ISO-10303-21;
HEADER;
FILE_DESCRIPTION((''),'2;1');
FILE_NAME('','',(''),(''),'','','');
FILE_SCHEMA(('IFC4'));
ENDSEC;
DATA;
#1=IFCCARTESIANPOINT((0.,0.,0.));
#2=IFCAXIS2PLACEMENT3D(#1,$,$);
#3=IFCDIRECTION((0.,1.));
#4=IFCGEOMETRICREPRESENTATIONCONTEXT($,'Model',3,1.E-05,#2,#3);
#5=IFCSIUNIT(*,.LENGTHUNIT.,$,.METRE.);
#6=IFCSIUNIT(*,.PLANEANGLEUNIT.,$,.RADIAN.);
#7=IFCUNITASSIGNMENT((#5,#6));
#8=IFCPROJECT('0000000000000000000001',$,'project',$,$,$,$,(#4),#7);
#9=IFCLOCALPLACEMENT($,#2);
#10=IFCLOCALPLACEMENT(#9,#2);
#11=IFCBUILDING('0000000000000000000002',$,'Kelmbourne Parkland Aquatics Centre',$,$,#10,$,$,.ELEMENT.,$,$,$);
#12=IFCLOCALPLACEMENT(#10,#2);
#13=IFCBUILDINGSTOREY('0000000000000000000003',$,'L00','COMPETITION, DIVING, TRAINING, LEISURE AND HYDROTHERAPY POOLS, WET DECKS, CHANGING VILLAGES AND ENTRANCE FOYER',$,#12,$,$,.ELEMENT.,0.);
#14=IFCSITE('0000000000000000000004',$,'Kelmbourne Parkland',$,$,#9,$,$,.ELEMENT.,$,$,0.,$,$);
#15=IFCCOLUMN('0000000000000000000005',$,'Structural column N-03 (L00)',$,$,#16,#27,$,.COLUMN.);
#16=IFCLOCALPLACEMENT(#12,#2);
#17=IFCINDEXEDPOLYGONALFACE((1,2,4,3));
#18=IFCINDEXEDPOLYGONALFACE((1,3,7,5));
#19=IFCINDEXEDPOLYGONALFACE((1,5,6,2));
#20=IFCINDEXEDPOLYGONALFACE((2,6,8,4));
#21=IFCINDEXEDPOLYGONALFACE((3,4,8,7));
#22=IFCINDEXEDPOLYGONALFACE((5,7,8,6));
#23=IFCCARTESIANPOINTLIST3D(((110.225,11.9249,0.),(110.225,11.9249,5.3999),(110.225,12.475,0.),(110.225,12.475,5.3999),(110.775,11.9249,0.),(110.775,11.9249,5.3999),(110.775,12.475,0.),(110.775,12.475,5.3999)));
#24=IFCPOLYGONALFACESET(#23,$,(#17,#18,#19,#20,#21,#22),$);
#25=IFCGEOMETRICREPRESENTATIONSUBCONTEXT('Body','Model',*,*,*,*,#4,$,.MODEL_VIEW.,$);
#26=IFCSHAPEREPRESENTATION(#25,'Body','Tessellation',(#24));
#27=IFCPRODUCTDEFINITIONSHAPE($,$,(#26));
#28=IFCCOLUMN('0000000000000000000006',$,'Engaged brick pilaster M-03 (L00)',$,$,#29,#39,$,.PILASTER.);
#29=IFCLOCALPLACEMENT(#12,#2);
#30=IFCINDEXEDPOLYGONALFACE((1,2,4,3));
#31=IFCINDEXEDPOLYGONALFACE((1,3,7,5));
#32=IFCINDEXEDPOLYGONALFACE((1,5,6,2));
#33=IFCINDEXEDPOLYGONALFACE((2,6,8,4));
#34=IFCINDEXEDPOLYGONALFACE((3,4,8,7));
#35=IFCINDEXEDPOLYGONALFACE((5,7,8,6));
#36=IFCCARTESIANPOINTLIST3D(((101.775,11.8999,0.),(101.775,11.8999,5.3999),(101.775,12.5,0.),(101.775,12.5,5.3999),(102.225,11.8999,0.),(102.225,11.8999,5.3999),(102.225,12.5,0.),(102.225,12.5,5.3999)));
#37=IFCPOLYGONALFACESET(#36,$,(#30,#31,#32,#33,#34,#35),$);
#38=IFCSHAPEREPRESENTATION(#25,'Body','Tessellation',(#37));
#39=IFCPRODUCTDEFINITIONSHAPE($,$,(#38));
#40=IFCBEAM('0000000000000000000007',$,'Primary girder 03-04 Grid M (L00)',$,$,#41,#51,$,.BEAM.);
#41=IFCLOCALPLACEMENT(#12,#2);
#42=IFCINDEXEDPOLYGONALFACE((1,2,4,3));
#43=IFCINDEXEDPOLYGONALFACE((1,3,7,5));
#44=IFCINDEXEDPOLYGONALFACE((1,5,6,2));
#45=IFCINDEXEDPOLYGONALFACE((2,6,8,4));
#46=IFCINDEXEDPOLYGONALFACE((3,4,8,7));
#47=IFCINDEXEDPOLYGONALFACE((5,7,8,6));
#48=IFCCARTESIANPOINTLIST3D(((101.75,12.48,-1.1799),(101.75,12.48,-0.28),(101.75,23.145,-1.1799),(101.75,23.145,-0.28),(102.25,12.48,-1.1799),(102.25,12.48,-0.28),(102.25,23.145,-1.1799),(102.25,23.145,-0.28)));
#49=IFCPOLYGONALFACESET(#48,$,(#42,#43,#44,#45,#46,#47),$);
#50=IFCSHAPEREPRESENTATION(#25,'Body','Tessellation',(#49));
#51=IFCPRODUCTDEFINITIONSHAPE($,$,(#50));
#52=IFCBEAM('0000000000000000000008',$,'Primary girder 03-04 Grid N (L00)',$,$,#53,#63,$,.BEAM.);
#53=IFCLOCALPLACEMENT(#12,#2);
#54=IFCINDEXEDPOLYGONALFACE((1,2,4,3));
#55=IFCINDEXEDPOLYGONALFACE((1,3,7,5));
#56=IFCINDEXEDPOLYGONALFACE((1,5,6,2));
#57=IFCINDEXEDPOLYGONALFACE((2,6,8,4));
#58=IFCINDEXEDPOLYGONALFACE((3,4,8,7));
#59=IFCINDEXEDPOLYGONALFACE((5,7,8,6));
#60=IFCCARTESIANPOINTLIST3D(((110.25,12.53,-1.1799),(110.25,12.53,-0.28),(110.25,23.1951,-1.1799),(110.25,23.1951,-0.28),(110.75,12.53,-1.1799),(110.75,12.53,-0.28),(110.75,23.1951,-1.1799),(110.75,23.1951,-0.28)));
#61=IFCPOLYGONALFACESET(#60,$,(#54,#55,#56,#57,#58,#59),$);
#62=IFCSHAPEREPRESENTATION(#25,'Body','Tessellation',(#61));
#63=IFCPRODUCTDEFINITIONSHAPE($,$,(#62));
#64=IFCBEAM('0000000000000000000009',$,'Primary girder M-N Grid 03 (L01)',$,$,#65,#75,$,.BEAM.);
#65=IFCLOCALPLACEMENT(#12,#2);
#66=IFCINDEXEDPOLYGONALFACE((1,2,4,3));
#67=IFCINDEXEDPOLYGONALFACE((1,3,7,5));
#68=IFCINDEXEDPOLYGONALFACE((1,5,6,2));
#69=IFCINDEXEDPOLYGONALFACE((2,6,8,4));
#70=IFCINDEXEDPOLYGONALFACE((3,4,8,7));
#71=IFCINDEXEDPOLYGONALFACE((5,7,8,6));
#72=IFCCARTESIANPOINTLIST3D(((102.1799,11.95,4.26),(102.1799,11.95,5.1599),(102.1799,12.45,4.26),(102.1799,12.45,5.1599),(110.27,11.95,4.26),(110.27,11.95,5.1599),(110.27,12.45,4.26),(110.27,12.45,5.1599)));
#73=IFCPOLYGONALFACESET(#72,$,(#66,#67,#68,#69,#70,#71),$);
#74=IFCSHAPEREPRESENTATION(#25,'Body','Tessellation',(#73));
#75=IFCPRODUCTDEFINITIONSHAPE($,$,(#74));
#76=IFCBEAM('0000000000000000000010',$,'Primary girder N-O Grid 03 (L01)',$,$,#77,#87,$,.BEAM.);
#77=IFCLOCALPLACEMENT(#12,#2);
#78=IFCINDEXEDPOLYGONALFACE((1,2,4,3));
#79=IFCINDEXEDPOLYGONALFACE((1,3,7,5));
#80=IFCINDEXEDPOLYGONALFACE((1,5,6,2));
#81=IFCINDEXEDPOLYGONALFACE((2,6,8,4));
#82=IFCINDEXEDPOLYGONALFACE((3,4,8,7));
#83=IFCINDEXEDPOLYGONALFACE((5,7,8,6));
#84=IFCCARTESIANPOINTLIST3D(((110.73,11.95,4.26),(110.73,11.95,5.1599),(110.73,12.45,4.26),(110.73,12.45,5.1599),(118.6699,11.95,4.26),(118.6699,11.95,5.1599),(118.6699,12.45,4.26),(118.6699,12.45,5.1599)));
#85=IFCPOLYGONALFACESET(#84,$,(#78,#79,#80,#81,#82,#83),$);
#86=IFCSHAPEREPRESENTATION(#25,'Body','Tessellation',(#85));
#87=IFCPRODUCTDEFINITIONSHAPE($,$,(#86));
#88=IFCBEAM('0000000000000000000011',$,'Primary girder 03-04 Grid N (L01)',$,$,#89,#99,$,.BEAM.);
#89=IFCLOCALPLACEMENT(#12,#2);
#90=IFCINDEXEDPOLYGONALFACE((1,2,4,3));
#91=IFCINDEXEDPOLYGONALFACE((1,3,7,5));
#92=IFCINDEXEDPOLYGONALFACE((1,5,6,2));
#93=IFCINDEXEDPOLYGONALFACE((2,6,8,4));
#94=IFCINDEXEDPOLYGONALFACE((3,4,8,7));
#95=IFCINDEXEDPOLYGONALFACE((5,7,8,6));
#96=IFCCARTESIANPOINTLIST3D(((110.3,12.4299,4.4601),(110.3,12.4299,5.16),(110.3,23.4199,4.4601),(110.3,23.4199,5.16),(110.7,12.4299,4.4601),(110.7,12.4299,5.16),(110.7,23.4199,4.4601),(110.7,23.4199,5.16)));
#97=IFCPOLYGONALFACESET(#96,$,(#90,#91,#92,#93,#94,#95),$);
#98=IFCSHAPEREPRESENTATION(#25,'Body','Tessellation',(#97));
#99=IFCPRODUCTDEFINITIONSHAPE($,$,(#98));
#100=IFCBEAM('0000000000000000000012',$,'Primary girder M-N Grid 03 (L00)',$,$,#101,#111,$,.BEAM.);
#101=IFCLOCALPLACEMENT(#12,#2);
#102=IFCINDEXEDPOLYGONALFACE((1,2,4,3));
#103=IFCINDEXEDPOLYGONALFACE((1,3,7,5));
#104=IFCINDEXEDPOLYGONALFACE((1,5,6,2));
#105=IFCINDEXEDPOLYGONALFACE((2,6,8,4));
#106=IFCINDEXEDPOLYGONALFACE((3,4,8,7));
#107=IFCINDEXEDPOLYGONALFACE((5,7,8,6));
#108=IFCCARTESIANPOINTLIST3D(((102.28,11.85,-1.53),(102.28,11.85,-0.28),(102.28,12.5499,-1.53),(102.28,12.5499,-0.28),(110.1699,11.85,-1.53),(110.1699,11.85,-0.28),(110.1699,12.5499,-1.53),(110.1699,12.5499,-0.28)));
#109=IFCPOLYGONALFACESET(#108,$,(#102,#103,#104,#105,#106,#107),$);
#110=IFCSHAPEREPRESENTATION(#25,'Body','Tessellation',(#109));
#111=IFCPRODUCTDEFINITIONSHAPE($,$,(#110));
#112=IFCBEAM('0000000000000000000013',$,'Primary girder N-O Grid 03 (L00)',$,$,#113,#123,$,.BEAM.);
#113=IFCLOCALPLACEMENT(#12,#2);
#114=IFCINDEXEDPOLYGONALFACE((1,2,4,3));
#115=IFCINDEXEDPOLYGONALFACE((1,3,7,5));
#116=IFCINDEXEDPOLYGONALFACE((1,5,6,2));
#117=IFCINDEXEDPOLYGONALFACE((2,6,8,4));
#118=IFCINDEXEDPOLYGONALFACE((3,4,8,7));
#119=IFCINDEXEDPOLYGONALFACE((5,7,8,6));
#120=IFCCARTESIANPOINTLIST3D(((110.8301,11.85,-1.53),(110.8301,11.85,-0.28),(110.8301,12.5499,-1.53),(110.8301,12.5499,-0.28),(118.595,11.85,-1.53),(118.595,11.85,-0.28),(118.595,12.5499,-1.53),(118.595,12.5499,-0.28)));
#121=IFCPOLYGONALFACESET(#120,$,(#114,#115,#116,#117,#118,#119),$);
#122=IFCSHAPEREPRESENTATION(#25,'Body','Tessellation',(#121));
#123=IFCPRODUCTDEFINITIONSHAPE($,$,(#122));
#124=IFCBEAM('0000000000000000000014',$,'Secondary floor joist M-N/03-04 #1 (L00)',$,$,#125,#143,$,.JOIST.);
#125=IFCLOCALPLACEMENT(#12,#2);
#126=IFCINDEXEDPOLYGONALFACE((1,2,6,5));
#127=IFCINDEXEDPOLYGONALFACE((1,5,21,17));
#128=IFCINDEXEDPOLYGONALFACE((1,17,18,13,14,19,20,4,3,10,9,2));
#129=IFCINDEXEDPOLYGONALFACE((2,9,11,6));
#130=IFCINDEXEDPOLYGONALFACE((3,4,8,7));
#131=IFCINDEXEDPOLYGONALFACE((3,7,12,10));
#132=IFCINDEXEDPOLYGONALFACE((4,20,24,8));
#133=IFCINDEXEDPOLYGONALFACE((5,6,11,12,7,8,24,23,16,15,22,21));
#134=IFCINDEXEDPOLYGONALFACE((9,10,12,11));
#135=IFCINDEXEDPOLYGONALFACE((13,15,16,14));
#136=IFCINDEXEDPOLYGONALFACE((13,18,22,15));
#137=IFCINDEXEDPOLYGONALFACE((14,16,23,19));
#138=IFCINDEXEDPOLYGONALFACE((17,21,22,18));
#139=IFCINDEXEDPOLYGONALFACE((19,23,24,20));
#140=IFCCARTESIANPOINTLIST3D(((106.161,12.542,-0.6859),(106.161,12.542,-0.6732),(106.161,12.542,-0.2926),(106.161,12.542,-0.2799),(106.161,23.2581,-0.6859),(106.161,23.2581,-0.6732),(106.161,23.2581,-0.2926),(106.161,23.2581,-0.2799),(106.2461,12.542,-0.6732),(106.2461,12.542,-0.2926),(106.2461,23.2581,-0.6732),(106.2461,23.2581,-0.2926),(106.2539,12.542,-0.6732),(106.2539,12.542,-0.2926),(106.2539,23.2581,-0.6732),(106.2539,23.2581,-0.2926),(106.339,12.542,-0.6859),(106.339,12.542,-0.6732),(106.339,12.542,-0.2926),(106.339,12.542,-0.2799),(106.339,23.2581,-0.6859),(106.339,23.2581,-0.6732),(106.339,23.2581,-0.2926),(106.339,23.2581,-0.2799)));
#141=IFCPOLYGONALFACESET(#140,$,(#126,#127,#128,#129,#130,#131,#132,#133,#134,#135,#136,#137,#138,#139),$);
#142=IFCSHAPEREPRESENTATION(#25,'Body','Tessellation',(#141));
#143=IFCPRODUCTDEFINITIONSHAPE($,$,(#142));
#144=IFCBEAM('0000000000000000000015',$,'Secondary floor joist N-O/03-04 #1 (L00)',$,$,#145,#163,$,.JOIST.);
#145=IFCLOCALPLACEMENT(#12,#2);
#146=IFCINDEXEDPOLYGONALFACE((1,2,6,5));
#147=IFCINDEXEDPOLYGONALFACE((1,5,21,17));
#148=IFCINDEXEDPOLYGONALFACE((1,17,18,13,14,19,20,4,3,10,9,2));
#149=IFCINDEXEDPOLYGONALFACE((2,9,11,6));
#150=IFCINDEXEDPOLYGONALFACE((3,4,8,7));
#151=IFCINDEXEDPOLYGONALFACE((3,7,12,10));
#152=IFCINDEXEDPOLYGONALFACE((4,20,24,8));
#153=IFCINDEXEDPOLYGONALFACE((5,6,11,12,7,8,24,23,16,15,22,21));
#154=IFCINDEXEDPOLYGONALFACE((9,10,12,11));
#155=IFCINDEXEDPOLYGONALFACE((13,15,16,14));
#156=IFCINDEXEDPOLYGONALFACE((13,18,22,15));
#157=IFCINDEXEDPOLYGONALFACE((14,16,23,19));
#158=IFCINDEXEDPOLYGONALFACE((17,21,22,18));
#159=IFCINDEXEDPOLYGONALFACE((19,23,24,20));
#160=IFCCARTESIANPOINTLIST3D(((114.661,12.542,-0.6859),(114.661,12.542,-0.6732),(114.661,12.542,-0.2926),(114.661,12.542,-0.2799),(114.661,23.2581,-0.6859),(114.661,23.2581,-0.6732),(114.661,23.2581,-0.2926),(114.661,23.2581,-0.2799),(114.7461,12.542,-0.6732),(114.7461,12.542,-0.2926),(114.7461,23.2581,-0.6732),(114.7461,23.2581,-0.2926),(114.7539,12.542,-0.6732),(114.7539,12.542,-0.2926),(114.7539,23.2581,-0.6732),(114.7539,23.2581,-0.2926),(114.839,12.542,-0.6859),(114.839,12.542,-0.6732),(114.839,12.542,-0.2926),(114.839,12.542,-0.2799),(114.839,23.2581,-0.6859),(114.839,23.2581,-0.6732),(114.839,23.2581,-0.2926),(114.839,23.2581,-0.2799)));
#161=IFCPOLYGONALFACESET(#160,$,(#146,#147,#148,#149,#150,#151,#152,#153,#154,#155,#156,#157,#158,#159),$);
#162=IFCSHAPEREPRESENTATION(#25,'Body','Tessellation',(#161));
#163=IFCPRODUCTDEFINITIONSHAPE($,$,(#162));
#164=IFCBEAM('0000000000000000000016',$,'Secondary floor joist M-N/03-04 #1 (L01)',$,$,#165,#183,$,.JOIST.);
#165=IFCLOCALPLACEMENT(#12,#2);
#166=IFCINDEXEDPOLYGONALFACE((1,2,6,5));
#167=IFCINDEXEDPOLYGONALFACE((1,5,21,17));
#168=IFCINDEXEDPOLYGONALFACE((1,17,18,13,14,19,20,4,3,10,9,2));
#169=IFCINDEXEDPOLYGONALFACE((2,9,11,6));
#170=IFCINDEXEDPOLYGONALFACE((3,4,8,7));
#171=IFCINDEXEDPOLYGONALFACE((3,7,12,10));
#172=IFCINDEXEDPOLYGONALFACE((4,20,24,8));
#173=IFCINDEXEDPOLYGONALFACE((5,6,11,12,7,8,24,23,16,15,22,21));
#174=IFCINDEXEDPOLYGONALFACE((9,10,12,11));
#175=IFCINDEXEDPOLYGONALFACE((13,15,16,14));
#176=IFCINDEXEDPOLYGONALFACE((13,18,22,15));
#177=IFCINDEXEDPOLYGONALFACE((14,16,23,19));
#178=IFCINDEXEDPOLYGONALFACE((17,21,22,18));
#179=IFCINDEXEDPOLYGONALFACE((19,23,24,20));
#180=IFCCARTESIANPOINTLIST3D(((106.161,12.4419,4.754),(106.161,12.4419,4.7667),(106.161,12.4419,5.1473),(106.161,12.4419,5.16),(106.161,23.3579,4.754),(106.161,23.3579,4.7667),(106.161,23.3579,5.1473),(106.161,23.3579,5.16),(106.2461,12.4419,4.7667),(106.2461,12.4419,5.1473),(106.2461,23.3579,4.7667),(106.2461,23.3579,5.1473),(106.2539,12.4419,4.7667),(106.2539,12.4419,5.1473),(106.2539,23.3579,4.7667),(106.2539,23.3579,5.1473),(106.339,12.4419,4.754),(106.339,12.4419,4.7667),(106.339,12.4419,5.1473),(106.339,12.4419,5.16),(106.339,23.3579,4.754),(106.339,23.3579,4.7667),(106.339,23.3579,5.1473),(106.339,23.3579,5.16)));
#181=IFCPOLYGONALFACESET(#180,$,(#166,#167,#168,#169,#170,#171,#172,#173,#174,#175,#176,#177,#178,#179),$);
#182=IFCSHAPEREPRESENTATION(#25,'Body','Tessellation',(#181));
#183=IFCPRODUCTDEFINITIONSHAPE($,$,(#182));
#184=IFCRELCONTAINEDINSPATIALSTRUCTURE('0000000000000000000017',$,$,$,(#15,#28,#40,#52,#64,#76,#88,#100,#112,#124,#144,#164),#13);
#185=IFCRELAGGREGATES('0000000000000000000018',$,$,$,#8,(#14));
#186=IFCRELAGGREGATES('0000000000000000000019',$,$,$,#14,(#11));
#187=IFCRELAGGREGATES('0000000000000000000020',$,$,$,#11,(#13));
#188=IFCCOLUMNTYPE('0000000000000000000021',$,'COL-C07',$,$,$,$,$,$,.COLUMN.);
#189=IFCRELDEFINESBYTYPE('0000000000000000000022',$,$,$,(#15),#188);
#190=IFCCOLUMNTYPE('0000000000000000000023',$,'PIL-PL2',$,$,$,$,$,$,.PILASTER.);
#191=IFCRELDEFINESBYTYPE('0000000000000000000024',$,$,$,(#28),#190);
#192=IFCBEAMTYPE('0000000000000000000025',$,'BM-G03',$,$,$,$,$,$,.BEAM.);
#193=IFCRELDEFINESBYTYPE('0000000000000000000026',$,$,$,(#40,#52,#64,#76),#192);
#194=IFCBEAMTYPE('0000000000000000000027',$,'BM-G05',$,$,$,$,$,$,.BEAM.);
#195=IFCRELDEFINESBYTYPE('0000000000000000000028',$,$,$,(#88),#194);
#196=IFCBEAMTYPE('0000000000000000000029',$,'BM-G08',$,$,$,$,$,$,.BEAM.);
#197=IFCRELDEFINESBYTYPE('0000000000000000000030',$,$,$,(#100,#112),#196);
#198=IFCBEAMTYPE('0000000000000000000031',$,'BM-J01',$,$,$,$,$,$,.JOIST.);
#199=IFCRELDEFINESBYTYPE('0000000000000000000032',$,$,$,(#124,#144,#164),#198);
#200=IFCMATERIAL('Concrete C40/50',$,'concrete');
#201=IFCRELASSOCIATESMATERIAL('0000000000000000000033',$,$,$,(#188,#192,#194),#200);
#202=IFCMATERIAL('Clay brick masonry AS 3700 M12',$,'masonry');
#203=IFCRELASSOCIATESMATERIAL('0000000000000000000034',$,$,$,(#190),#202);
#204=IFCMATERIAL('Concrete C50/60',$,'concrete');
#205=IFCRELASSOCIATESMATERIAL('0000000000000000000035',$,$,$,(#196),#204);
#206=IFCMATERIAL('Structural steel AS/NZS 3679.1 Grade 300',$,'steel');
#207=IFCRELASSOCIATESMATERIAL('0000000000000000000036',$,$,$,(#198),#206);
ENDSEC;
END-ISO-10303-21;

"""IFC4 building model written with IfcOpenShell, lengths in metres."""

from ifc_helpers import new_model, si_unit, direction, frame, origin, origin_2d, place, context, subcontext, project, spatial, rectangle, i_section, extrude, material, material_profile, profile_set, type_object, element, save


model = new_model("IFC4")

# Units and contexts
model_context = context("Model", 3, precision=1e-05, world=origin(), true_north=direction((0.0, 1.0)))
body_context = subcontext(model_context, "Body", "Model", "MODEL_VIEW")
ifc_project = project(units=[si_unit("LENGTHUNIT", "METRE"), si_unit("PLANEANGLEUNIT", "RADIAN")], contexts=[model_context])

# Site, building, storey
site_placement = place(None, origin())
site = spatial("IfcSite", under=ifc_project, at=site_placement, Name="Kelmbourne Parkland", CompositionType="ELEMENT", RefElevation=0.0)
building_placement = place(site_placement, origin())
building = spatial("IfcBuilding", under=site, at=building_placement, Name="Kelmbourne Parkland Aquatics Centre", CompositionType="ELEMENT")
storey_placement = place(building_placement, origin())
storey = spatial("IfcBuildingStorey", under=building, at=storey_placement, Name="L00", Description="COMPETITION, DIVING, TRAINING, LEISURE AND HYDROTHERAPY POOLS, WET DECKS, CHANGING VILLAGES AND ENTRANCE FOYER", CompositionType="ELEMENT", Elevation=0.0)

# Columns
ifc_material_1 = material(Name="Concrete C40/50", Category="concrete")
ifc_material_profile_1 = material_profile(ifc_material_1, rectangle(XDim=0.55, YDim=0.55, at=origin_2d()), Name="RC 550x550")
ifc_profile_set_1 = profile_set([ifc_material_profile_1], Name="Concrete C40/50")
column_type_1 = type_object("IfcColumnType", Name="COL-C07", PredefinedType="COLUMN", material=ifc_profile_set_1)
column_1_placement = place(storey_placement, frame((110.5, 12.2, 0.0), z_axis=(0.0, 0.0, 1.0), x_axis=(1.0, 0.0, 0.0)))
element("IfcColumn", 1, at=column_1_placement, inside=storey, type_object=column_type_1, Name="Structural column N-03 (L00)", PredefinedType="COLUMN", context=body_context, shape_type="SweptSolid", body=[
    extrude(rectangle(XDim=0.55, YDim=0.55, at=origin_2d()), origin(), (0.0, 0.0, 1.0), 5.3999),
])
ifc_material_2 = material(Name="Clay brick masonry AS 3700 M12", Category="masonry")
ifc_material_profile_2 = material_profile(ifc_material_2, rectangle(XDim=0.45, YDim=0.6001, at=origin_2d()), Name="PIL 450x600")
ifc_profile_set_2 = profile_set([ifc_material_profile_2], Name="Clay brick masonry AS 3700 M12")
column_type_2 = type_object("IfcColumnType", Name="PIL-PL2", PredefinedType="PILASTER", material=ifc_profile_set_2)
column_2_placement = place(storey_placement, frame((102.0, 12.2, 0.0), z_axis=(0.0, 0.0, 1.0), x_axis=(1.0, 0.0, 0.0)))
element("IfcColumn", 2, at=column_2_placement, inside=storey, type_object=column_type_2, Name="Engaged brick pilaster M-03 (L00)", PredefinedType="PILASTER", context=body_context, shape_type="SweptSolid", body=[
    extrude(rectangle(XDim=0.45, YDim=0.6001, at=origin_2d()), origin(), (0.0, 0.0, 1.0), 5.3999),
])

# Beams
ifc_material_profile_3 = material_profile(ifc_material_1, rectangle(XDim=0.5, YDim=0.8999, at=origin_2d()), Name="RC 500x900")
ifc_profile_set_3 = profile_set([ifc_material_profile_3], Name="Concrete C40/50")
beam_type_1 = type_object("IfcBeamType", Name="BM-G03", PredefinedType="BEAM", material=ifc_profile_set_3)
for number, where, z_axis, x_axis, name in (
    (3, (102.0, 12.48, -0.73), (0.0, 1.0, 0.0), (-1.0, 0.0, 0.0), "Primary girder 03-04 Grid M (L00)"),
    (4, (110.5, 12.53, -0.73), (0.0, 1.0, 0.0), (-1.0, 0.0, 0.0), "Primary girder 03-04 Grid N (L00)"),
):
    element("IfcBeam", number, at=place(storey_placement, frame(where, z_axis=z_axis, x_axis=x_axis)), inside=storey, type_object=beam_type_1, Name=name, PredefinedType="BEAM", context=body_context, shape_type="SweptSolid", body=[
        extrude(rectangle(XDim=0.5, YDim=0.8999, at=origin_2d()), origin(), (0.0, 0.0, 1.0), 10.665),
    ])
beam_1_placement = place(storey_placement, frame((102.1799, 12.2, 4.71), z_axis=(1.0, 0.0, 0.0), x_axis=(0.0, 1.0, 0.0)))
element("IfcBeam", 5, at=beam_1_placement, inside=storey, type_object=beam_type_1, Name="Primary girder M-N Grid 03 (L01)", PredefinedType="BEAM", context=body_context, shape_type="SweptSolid", body=[
    extrude(rectangle(XDim=0.5, YDim=0.8999, at=origin_2d()), origin(), (0.0, 0.0, 1.0), 8.0901),
])
beam_2_placement = place(storey_placement, frame((110.73, 12.2, 4.71), z_axis=(1.0, 0.0, 0.0), x_axis=(0.0, 1.0, 0.0)))
element("IfcBeam", 6, at=beam_2_placement, inside=storey, type_object=beam_type_1, Name="Primary girder N-O Grid 03 (L01)", PredefinedType="BEAM", context=body_context, shape_type="SweptSolid", body=[
    extrude(rectangle(XDim=0.5, YDim=0.8999, at=origin_2d()), origin(), (0.0, 0.0, 1.0), 7.9399),
])
ifc_material_profile_4 = material_profile(ifc_material_1, rectangle(XDim=0.3999, YDim=0.7, at=origin_2d()), Name="RC 400x700")
ifc_profile_set_4 = profile_set([ifc_material_profile_4], Name="Concrete C40/50")
beam_type_2 = type_object("IfcBeamType", Name="BM-G05", PredefinedType="BEAM", material=ifc_profile_set_4)
beam_3_placement = place(storey_placement, frame((110.5, 12.4299, 4.8101), z_axis=(0.0, 1.0, 0.0), x_axis=(-1.0, 0.0, 0.0)))
element("IfcBeam", 7, at=beam_3_placement, inside=storey, type_object=beam_type_2, Name="Primary girder 03-04 Grid N (L01)", PredefinedType="BEAM", context=body_context, shape_type="SweptSolid", body=[
    extrude(rectangle(XDim=0.3999, YDim=0.7, at=origin_2d()), origin(), (0.0, 0.0, 1.0), 10.99),
])
ifc_material_3 = material(Name="Concrete C50/60", Category="concrete")
ifc_material_profile_5 = material_profile(ifc_material_3, rectangle(XDim=0.7, YDim=1.25, at=origin_2d()), Name="RC 700x1250")
ifc_profile_set_5 = profile_set([ifc_material_profile_5], Name="Concrete C50/60")
beam_type_3 = type_object("IfcBeamType", Name="BM-G08", PredefinedType="BEAM", material=ifc_profile_set_5)
beam_4_placement = place(storey_placement, frame((102.28, 12.2, -0.905), z_axis=(1.0, 0.0, 0.0), x_axis=(0.0, 1.0, 0.0)))
element("IfcBeam", 8, at=beam_4_placement, inside=storey, type_object=beam_type_3, Name="Primary girder M-N Grid 03 (L00)", PredefinedType="BEAM", context=body_context, shape_type="SweptSolid", body=[
    extrude(rectangle(XDim=0.7, YDim=1.25, at=origin_2d()), origin(), (0.0, 0.0, 1.0), 7.8899),
])
beam_5_placement = place(storey_placement, frame((110.8301, 12.2, -0.905), z_axis=(1.0, 0.0, 0.0), x_axis=(0.0, 1.0, 0.0)))
element("IfcBeam", 9, at=beam_5_placement, inside=storey, type_object=beam_type_3, Name="Primary girder N-O Grid 03 (L00)", PredefinedType="BEAM", context=body_context, shape_type="SweptSolid", body=[
    extrude(rectangle(XDim=0.7, YDim=1.25, at=origin_2d()), origin(), (0.0, 0.0, 1.0), 7.7649),
])
ifc_material_4 = material(Name="Structural steel AS/NZS 3679.1 Grade 300", Category="steel")
ifc_material_profile_6 = material_profile(ifc_material_4, i_section(OverallWidth=0.178, OverallDepth=0.406, WebThickness=0.0078, FlangeThickness=0.0127, at=origin_2d()), Name="410UB59.7")
ifc_profile_set_6 = profile_set([ifc_material_profile_6], Name="Structural steel AS/NZS 3679.1 Grade 300")
beam_type_4 = type_object("IfcBeamType", Name="BM-J01", PredefinedType="JOIST", material=ifc_profile_set_6)
for number, where, z_axis, x_axis, name in (
    (10, (106.25, 12.542, -0.4829), (0.0, 1.0, 0.0), (-1.0, 0.0, 0.0), "Secondary floor joist M-N/03-04 #1 (L00)"),
    (11, (114.75, 12.542, -0.4829), (0.0, 1.0, 0.0), (-1.0, 0.0, 0.0), "Secondary floor joist N-O/03-04 #1 (L00)"),
):
    element("IfcBeam", number, at=place(storey_placement, frame(where, z_axis=z_axis, x_axis=x_axis)), inside=storey, type_object=beam_type_4, Name=name, PredefinedType="JOIST", context=body_context, shape_type="SweptSolid", body=[
        extrude(i_section(OverallWidth=0.178, OverallDepth=0.406, WebThickness=0.0078, FlangeThickness=0.0127, at=origin_2d()), origin(), (0.0, 0.0, 1.0), 10.7161),
    ])
for number, where, z_axis, x_axis, name in (
    (12, (106.25, 12.4419, 4.957), (0.0, 1.0, 0.0), (-1.0, 0.0, 0.0), "Secondary floor joist M-N/03-04 #1 (L01)"),
):
    element("IfcBeam", number, at=place(storey_placement, frame(where, z_axis=z_axis, x_axis=x_axis)), inside=storey, type_object=beam_type_4, Name=name, PredefinedType="JOIST", context=body_context, shape_type="SweptSolid", body=[
        extrude(i_section(OverallWidth=0.178, OverallDepth=0.406, WebThickness=0.0078, FlangeThickness=0.0127, at=origin_2d()), origin(), (0.0, 0.0, 1.0), 10.916),
    ])

save(model, "model.ifc")
